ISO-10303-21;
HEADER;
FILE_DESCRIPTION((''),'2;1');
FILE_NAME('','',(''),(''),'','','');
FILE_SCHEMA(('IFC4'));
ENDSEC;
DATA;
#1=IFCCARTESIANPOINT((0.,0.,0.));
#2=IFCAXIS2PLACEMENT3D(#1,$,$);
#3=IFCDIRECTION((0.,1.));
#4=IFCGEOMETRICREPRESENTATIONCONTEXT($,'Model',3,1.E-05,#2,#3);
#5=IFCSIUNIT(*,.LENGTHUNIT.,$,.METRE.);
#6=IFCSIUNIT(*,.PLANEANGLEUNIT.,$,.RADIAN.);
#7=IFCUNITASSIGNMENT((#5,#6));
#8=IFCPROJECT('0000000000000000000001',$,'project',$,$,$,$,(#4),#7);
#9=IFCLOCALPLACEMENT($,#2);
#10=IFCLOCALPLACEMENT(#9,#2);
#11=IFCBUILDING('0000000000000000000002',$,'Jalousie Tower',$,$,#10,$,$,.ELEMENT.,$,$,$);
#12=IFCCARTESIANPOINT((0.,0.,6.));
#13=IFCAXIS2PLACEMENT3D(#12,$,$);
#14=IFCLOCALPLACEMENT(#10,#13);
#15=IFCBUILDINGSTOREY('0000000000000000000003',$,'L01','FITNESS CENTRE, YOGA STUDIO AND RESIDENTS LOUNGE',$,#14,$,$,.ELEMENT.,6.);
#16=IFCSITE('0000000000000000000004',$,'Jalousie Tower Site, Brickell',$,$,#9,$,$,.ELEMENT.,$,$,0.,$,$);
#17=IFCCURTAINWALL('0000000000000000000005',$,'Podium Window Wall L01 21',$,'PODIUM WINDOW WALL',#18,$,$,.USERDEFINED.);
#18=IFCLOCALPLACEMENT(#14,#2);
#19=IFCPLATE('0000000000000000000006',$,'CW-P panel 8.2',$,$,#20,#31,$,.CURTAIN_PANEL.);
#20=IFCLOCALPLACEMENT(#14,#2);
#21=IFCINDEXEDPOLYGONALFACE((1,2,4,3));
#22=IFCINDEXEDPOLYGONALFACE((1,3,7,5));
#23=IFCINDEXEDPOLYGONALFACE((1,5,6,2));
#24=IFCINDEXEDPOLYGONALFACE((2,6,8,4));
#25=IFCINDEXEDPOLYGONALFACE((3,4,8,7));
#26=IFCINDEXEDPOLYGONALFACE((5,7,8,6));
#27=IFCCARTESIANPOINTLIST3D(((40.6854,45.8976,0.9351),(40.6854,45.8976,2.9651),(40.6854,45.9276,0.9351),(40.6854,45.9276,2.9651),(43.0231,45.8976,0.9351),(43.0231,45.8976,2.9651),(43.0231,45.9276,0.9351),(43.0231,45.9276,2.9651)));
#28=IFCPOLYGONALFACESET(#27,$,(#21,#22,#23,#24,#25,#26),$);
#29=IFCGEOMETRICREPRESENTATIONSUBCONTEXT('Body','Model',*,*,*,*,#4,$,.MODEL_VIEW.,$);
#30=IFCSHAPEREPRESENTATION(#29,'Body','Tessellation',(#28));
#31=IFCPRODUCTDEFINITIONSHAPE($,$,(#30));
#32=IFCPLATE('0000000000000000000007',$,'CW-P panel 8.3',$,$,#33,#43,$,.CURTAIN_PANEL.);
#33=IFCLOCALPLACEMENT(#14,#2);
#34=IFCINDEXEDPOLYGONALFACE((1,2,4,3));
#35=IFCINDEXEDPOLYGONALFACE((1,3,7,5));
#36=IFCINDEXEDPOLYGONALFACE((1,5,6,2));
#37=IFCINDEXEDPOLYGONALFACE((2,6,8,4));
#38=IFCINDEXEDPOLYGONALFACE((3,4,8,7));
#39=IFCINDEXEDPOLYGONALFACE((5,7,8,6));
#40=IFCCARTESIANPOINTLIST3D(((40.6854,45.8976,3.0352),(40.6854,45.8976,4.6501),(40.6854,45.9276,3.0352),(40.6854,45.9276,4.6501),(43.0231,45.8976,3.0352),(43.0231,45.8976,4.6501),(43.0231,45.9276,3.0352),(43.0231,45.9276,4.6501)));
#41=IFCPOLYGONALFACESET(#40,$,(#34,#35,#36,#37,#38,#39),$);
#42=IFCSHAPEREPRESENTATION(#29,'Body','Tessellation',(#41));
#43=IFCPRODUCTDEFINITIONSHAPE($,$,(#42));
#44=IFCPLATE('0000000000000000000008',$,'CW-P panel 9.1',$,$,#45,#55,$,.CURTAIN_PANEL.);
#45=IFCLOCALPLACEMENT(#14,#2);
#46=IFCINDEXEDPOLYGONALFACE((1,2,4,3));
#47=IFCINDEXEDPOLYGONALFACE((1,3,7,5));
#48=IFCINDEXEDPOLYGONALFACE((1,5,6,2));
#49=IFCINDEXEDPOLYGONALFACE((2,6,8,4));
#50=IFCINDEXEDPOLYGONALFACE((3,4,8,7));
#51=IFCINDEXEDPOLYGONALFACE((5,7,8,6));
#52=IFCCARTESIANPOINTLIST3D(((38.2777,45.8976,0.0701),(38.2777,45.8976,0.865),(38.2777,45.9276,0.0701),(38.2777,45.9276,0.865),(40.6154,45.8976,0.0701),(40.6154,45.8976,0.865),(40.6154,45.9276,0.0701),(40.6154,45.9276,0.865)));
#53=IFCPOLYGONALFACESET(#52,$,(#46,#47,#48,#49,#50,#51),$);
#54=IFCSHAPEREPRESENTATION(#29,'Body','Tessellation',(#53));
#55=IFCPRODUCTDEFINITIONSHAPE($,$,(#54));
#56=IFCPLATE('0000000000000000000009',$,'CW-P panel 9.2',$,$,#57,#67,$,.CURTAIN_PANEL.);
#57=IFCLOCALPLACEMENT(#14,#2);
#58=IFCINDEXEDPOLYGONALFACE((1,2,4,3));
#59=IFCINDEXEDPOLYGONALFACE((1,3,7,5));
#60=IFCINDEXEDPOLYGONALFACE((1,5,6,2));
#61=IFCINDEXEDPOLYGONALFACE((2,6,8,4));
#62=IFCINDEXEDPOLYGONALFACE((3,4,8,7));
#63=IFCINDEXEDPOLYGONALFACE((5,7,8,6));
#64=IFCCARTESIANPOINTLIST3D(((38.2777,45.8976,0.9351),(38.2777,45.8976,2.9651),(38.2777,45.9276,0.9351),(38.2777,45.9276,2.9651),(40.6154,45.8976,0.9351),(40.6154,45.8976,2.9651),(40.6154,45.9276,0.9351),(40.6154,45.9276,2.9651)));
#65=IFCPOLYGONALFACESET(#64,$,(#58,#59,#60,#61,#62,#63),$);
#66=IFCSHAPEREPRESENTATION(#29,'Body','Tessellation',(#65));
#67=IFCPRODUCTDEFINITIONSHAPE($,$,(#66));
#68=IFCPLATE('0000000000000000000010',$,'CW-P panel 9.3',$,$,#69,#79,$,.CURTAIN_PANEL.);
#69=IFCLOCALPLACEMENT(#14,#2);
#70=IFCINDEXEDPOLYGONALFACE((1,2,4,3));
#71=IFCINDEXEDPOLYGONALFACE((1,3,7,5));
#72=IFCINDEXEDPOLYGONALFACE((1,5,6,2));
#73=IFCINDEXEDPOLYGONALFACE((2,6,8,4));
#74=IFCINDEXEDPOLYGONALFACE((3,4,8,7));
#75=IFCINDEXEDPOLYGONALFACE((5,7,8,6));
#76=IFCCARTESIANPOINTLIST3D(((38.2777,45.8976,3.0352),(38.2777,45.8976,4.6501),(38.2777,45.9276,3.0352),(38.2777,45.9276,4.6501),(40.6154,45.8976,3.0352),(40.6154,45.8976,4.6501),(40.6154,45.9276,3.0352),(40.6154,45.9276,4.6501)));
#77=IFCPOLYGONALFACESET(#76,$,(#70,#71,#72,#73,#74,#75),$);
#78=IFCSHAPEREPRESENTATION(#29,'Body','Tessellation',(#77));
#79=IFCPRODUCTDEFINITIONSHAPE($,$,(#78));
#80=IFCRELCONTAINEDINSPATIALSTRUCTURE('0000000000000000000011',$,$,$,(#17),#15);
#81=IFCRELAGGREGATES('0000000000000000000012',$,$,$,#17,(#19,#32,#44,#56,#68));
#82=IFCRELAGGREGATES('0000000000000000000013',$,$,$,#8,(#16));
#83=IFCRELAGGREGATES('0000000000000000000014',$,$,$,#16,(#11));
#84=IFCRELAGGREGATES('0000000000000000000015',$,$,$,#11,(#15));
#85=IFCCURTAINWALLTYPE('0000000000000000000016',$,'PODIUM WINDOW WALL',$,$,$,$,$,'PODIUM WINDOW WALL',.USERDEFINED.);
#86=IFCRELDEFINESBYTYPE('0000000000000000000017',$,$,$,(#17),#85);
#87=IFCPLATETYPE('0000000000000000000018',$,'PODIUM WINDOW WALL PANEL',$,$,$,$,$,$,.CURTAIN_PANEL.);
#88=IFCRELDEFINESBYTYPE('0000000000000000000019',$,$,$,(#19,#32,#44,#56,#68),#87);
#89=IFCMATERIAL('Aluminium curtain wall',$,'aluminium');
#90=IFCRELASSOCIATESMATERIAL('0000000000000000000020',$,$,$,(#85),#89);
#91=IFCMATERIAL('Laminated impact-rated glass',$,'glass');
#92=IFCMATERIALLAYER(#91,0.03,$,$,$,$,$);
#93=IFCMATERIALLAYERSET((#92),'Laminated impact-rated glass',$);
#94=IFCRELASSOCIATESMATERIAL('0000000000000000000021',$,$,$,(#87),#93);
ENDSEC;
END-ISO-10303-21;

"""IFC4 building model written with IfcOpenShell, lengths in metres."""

from ifc_helpers import new_model, si_unit, direction, frame, origin, origin_2d, place, context, subcontext, project, spatial, rectangle, extrude, material, layer, layer_set, type_object, element, aggregate, save


model = new_model("IFC4")

# Units and contexts
model_context = context("Model", 3, precision=1e-05, world=origin(), true_north=direction((0.0, 1.0)))
body_context = subcontext(model_context, "Body", "Model", "MODEL_VIEW")
ifc_project = project(units=[si_unit("LENGTHUNIT", "METRE"), si_unit("PLANEANGLEUNIT", "RADIAN")], contexts=[model_context])

# Site, building, storey
site_placement = place(None, origin())
site = spatial("IfcSite", under=ifc_project, at=site_placement, Name="Jalousie Tower Site, Brickell", CompositionType="ELEMENT", RefElevation=0.0)
building_placement = place(site_placement, origin())
building = spatial("IfcBuilding", under=site, at=building_placement, Name="Jalousie Tower", CompositionType="ELEMENT")
storey_placement = place(building_placement, frame((0.0, 0.0, 6.0)))
storey = spatial("IfcBuildingStorey", under=building, at=storey_placement, Name="L01", Description="FITNESS CENTRE, YOGA STUDIO AND RESIDENTS LOUNGE", CompositionType="ELEMENT", Elevation=6.0)

# Curtain wall, plates
ifc_material_1 = material(Name="Aluminium curtain wall", Category="aluminium")
curtain_wall_type = type_object("IfcCurtainWallType", Name="PODIUM WINDOW WALL", ElementType="PODIUM WINDOW WALL", PredefinedType="USERDEFINED", material=ifc_material_1)
curtain_wall_placement = place(storey_placement, origin())
curtain_wall = element("IfcCurtainWall", 1, at=curtain_wall_placement, inside=storey, type_object=curtain_wall_type, Name="Podium Window Wall L01 21", ObjectType="PODIUM WINDOW WALL", PredefinedType="USERDEFINED")
ifc_material_2 = material(Name="Laminated impact-rated glass", Category="glass")
ifc_layer = layer(ifc_material_2, 0.03)
ifc_layer_set = layer_set([ifc_layer], Name="Laminated impact-rated glass")
plate_type = type_object("IfcPlateType", Name="PODIUM WINDOW WALL PANEL", PredefinedType="CURTAIN_PANEL", material=ifc_layer_set)
plate_1_placement = place(storey_placement, frame((41.8542, 45.9126, 0.9351), z_axis=(0.0, 0.0, 1.0), x_axis=(-1.0, 0.0, 0.0)))
plate_1 = element("IfcPlate", 2, at=plate_1_placement, type_object=plate_type, Name="CW-P panel 8.2", PredefinedType="CURTAIN_PANEL", context=body_context, shape_type="SweptSolid", body=[
    extrude(rectangle(XDim=2.3376, YDim=0.03, at=origin_2d()), origin(), (0.0, 0.0, 1.0), 2.03),
])
plate_2_placement = place(storey_placement, frame((41.8542, 45.9126, 3.0352), z_axis=(0.0, 0.0, 1.0), x_axis=(-1.0, 0.0, 0.0)))
plate_2 = element("IfcPlate", 3, at=plate_2_placement, type_object=plate_type, Name="CW-P panel 8.3", PredefinedType="CURTAIN_PANEL", context=body_context, shape_type="SweptSolid", body=[
    extrude(rectangle(XDim=2.3376, YDim=0.03, at=origin_2d()), origin(), (0.0, 0.0, 1.0), 1.615),
])
plate_3_placement = place(storey_placement, frame((39.4465, 45.9126, 0.0701), z_axis=(0.0, 0.0, 1.0), x_axis=(-1.0, 0.0, 0.0)))
plate_3 = element("IfcPlate", 4, at=plate_3_placement, type_object=plate_type, Name="CW-P panel 9.1", PredefinedType="CURTAIN_PANEL", context=body_context, shape_type="SweptSolid", body=[
    extrude(rectangle(XDim=2.3376, YDim=0.03, at=origin_2d()), origin(), (0.0, 0.0, 1.0), 0.7949),
])
plate_4_placement = place(storey_placement, frame((39.4465, 45.9126, 0.9351), z_axis=(0.0, 0.0, 1.0), x_axis=(-1.0, 0.0, 0.0)))
plate_4 = element("IfcPlate", 5, at=plate_4_placement, type_object=plate_type, Name="CW-P panel 9.2", PredefinedType="CURTAIN_PANEL", context=body_context, shape_type="SweptSolid", body=[
    extrude(rectangle(XDim=2.3376, YDim=0.03, at=origin_2d()), origin(), (0.0, 0.0, 1.0), 2.03),
])
plate_5_placement = place(storey_placement, frame((39.4465, 45.9126, 3.0352), z_axis=(0.0, 0.0, 1.0), x_axis=(-1.0, 0.0, 0.0)))
plate_5 = element("IfcPlate", 6, at=plate_5_placement, type_object=plate_type, Name="CW-P panel 9.3", PredefinedType="CURTAIN_PANEL", context=body_context, shape_type="SweptSolid", body=[
    extrude(rectangle(XDim=2.3376, YDim=0.03, at=origin_2d()), origin(), (0.0, 0.0, 1.0), 1.615),
])
aggregate(curtain_wall, [plate_1, plate_2, plate_3, plate_4, plate_5])

save(model, "model.ifc")
